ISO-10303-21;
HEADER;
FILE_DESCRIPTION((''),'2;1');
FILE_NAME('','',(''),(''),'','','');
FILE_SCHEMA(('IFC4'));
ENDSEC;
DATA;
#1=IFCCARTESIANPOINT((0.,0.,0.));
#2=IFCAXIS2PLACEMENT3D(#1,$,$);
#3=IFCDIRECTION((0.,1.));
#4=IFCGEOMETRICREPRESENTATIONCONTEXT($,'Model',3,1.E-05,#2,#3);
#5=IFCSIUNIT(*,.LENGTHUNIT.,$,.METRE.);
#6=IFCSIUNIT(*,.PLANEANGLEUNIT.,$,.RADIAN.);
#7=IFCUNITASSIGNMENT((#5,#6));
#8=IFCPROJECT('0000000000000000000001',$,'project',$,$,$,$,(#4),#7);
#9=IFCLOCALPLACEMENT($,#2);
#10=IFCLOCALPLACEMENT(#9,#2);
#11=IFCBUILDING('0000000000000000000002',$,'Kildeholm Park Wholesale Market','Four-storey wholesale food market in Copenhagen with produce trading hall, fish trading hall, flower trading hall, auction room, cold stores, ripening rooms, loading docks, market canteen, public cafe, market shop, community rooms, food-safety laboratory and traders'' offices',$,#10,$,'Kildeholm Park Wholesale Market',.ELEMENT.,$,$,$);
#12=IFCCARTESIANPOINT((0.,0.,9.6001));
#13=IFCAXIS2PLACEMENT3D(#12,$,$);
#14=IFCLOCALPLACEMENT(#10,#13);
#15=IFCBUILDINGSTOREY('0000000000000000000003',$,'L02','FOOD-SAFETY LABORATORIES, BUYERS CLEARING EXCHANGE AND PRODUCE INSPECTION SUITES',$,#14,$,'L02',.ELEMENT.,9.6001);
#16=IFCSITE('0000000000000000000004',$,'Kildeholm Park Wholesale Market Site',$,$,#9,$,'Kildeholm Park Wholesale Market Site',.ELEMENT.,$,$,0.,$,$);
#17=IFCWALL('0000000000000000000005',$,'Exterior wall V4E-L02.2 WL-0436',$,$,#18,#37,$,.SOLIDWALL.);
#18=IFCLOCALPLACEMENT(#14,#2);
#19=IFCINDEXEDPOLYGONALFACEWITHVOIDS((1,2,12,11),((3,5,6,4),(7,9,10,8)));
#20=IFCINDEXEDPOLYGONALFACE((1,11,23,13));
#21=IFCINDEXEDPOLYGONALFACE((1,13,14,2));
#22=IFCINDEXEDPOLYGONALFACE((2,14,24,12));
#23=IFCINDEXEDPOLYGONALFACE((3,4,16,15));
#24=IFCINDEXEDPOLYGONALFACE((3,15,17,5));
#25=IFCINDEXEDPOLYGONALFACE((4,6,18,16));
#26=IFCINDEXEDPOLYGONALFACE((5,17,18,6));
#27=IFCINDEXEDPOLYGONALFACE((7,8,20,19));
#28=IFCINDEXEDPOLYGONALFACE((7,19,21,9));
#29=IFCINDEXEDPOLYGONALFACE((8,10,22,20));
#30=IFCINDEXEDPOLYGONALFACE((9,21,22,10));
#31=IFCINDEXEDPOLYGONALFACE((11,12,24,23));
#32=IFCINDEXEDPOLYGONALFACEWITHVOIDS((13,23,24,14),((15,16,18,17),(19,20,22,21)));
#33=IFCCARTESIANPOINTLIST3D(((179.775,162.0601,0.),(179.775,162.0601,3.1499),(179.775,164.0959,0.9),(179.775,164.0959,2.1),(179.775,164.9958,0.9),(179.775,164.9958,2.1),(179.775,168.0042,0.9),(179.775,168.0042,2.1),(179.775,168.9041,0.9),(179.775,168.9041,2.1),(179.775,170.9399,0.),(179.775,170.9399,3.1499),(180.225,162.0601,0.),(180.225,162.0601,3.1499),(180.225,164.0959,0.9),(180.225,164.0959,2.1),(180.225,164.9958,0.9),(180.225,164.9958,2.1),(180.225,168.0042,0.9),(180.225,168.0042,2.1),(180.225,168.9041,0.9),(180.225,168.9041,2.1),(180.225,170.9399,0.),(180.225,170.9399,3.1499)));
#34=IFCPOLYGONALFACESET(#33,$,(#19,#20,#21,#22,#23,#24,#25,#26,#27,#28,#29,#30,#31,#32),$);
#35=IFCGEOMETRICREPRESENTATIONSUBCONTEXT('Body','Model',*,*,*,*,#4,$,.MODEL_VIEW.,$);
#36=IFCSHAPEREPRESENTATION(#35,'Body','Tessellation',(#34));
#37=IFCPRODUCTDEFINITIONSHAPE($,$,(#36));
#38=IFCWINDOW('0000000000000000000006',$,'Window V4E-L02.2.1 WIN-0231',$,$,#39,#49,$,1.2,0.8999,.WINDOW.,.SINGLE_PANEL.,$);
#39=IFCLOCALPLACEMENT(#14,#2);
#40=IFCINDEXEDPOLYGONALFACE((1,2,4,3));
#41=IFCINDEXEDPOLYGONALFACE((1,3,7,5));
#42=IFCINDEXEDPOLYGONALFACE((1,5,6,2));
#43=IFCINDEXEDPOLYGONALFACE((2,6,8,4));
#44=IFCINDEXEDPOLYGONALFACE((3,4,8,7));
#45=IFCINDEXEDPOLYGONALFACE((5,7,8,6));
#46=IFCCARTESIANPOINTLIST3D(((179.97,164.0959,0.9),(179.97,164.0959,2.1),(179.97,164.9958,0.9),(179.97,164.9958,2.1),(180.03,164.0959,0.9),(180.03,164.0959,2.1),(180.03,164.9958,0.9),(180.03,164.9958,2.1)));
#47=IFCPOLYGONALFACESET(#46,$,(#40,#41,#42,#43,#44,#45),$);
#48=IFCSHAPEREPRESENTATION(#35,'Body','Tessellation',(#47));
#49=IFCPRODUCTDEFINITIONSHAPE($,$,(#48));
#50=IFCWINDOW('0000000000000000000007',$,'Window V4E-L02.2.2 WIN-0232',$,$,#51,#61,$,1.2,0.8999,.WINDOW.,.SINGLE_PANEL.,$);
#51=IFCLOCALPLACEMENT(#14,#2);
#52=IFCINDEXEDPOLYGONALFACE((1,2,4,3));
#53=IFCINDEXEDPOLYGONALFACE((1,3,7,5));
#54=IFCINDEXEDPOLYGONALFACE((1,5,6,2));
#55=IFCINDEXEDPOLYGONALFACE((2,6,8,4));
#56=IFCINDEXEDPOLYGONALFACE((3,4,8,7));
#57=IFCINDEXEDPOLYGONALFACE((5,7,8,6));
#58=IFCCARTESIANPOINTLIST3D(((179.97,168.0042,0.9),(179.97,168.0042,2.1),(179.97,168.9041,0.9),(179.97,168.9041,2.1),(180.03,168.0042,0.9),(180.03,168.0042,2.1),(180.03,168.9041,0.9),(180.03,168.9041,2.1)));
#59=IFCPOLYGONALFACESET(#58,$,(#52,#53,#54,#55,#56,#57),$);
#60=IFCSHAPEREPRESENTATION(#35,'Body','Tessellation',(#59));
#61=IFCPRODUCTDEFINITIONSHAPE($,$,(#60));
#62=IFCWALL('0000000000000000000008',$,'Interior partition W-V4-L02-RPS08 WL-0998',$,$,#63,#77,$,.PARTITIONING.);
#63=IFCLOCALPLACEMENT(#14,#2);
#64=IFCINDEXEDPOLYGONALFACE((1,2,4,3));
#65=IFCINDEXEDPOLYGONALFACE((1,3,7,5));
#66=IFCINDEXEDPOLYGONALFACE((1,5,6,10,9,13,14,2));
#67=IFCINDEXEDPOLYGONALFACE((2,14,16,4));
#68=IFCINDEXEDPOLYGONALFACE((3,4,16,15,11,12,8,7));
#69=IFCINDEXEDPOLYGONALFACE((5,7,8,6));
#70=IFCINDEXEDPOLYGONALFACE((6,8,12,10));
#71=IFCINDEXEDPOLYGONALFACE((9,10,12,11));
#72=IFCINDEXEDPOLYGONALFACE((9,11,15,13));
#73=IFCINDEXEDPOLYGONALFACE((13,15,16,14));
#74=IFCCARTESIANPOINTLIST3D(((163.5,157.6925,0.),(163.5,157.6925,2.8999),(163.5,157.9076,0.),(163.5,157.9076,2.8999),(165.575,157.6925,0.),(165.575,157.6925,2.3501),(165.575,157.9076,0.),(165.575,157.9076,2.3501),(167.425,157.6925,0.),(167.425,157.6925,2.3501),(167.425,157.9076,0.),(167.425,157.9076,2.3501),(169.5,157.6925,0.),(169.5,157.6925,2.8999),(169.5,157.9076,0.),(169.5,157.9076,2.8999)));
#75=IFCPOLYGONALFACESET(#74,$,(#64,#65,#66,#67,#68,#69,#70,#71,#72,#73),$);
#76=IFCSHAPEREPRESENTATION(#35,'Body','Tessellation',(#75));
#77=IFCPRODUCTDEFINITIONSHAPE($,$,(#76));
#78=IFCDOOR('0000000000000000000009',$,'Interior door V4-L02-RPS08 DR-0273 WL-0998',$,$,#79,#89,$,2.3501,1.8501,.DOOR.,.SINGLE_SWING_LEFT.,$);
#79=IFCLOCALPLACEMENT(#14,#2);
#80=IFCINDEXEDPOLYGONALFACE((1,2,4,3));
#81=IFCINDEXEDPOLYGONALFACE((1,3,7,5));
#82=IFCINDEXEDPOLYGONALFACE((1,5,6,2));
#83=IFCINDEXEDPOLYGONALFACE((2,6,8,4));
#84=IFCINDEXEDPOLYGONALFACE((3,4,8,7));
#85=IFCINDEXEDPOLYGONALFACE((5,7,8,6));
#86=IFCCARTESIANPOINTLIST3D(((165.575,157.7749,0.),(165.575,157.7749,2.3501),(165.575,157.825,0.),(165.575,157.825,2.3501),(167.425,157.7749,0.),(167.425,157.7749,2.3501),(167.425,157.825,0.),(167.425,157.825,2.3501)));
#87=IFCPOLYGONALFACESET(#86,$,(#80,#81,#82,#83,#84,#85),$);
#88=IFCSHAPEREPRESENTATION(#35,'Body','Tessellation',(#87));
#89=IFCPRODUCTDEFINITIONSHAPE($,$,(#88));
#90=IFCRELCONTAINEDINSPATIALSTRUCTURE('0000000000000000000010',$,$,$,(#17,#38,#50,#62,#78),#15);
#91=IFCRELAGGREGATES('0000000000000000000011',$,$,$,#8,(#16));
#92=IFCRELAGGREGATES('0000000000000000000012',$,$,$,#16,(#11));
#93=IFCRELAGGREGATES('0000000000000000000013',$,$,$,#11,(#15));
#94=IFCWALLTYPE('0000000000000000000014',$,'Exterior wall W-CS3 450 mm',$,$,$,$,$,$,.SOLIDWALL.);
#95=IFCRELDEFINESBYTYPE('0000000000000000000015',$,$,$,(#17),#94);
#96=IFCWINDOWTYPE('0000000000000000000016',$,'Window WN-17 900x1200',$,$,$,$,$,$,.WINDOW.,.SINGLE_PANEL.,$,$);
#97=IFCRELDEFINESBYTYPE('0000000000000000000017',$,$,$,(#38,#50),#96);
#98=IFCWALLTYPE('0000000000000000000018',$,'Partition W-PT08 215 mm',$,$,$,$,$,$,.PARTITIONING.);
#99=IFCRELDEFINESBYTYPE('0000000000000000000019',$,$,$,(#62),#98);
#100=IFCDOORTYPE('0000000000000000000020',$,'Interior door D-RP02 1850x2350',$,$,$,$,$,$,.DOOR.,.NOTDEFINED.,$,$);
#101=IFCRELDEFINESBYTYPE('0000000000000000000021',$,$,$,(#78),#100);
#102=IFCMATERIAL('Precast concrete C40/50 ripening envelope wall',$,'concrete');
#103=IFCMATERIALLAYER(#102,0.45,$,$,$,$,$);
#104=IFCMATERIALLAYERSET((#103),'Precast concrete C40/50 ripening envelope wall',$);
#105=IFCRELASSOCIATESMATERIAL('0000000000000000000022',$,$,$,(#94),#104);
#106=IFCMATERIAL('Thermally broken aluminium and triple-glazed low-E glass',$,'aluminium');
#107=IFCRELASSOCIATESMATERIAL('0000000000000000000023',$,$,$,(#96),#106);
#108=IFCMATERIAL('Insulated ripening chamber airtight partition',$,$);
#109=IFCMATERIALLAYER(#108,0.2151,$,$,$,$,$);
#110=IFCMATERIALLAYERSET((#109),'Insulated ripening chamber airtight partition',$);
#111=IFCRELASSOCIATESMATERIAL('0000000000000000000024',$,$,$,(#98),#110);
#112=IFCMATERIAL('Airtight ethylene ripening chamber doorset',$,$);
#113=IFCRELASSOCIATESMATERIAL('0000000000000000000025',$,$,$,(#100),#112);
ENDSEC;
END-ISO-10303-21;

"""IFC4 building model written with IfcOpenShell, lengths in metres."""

from ifc_helpers import new_model, si_unit, direction, frame, frame_2d, origin, place, context, subcontext, project, spatial, rectangle, extrude, material, layer, layer_set, type_object, element, fill, save


model = new_model("IFC4")

# Units and contexts
model_context = context("Model", 3, precision=1e-05, world=origin(), true_north=direction((0.0, 1.0)))
body_context = subcontext(model_context, "Body", "Model", "MODEL_VIEW")
ifc_project = project(units=[si_unit("LENGTHUNIT", "METRE"), si_unit("PLANEANGLEUNIT", "RADIAN")], contexts=[model_context])

# Site, building, storey
site_placement = place(None, origin())
site = spatial("IfcSite", under=ifc_project, at=site_placement, Name="Kildeholm Park Wholesale Market Site", LongName="Kildeholm Park Wholesale Market Site", CompositionType="ELEMENT", RefElevation=0.0)
building_placement = place(site_placement, origin())
building = spatial("IfcBuilding", under=site, at=building_placement, Name="Kildeholm Park Wholesale Market", Description="Four-storey wholesale food market in Copenhagen with produce trading hall, fish trading hall, flower trading hall, auction room, cold stores, ripening rooms, loading docks, market canteen, public cafe, market shop, community rooms, food-safety laboratory and traders' offices", LongName="Kildeholm Park Wholesale Market", CompositionType="ELEMENT")
storey_placement = place(building_placement, frame((0.0, 0.0, 9.6001)))
storey = spatial("IfcBuildingStorey", under=building, at=storey_placement, Name="L02", Description="FOOD-SAFETY LABORATORIES, BUYERS CLEARING EXCHANGE AND PRODUCE INSPECTION SUITES", LongName="L02", CompositionType="ELEMENT", Elevation=9.6001)

# Wall, openings, windows
ifc_material_1 = material(Name="Precast concrete C40/50 ripening envelope wall", Category="concrete")
ifc_layer_1 = layer(ifc_material_1, 0.45)
ifc_layer_set_1 = layer_set([ifc_layer_1], Name="Precast concrete C40/50 ripening envelope wall")
wall_type_1 = type_object("IfcWallType", Name="Exterior wall W-CS3 450 mm", PredefinedType="SOLIDWALL", material=ifc_layer_set_1)
ifc_material_2 = material(Name="Thermally broken aluminium and triple-glazed low-E glass", Category="aluminium")
wall_1_placement = place(storey_placement, frame((180.0, 162.0601, 0.0), z_axis=(0.0, 0.0, 1.0), x_axis=(0.0, 1.0, 0.0)))
wall_1 = element("IfcWall", 1, at=wall_1_placement, inside=storey, type_object=wall_type_1, Name="Exterior wall V4E-L02.2 WL-0436", PredefinedType="SOLIDWALL", context=body_context, shape_type="SweptSolid", body=[
    extrude(rectangle(XDim=8.8799, YDim=0.45, at=frame_2d((4.4399, 0.0))), origin(), (0.0, 0.0, 1.0), 3.1499),
])
opening_1_placement = place(wall_1_placement, frame((2.0359, 0.0, 0.8999)))
opening_1 = element("IfcOpeningElement", 2, at=opening_1_placement, cuts=wall_1, PredefinedType="OPENING", context=body_context, shape_type="SweptSolid", body=[
    extrude(rectangle(XDim=0.8999, YDim=1.2, at=frame_2d((0.45, 0.6001))), frame((0.0, 0.2349, 0.0), z_axis=(0.0, -1.0, 0.0), x_axis=(1.0, 0.0, 0.0)), (0.0, 0.0, 1.0), 0.47),
])
opening_2_placement = place(wall_1_placement, frame((5.9441, 0.0, 0.8999)))
opening_2 = element("IfcOpeningElement", 3, at=opening_2_placement, cuts=wall_1, PredefinedType="OPENING", context=body_context, shape_type="SweptSolid", body=[
    extrude(rectangle(XDim=0.8999, YDim=1.2, at=frame_2d((0.45, 0.6001))), frame((0.0, 0.2349, 0.0), z_axis=(0.0, -1.0, 0.0), x_axis=(1.0, 0.0, 0.0)), (0.0, 0.0, 1.0), 0.47),
])
window_type_1 = type_object("IfcWindowType", Name="Window WN-17 900x1200", PartitioningType="SINGLE_PANEL", PredefinedType="WINDOW", material=ifc_material_2)
window_1_placement = place(opening_1_placement, origin())
window_1 = element("IfcWindow", 4, at=window_1_placement, inside=storey, type_object=window_type_1, Name="Window V4E-L02.2.1 WIN-0231", OverallHeight=1.2, OverallWidth=0.8999, PartitioningType="SINGLE_PANEL", PredefinedType="WINDOW", context=body_context, shape_type="SweptSolid", body=[
    extrude(rectangle(XDim=0.8999, YDim=1.2, at=frame_2d((0.45, 0.6001))), frame((0.0, 0.03, 0.0), z_axis=(0.0, -1.0, 0.0), x_axis=(1.0, 0.0, 0.0)), (0.0, 0.0, 1.0), 0.0601),
])
fill(opening_1, window_1)
window_2_placement = place(opening_2_placement, origin())
window_2 = element("IfcWindow", 5, at=window_2_placement, inside=storey, type_object=window_type_1, Name="Window V4E-L02.2.2 WIN-0232", OverallHeight=1.2, OverallWidth=0.8999, PartitioningType="SINGLE_PANEL", PredefinedType="WINDOW", context=body_context, shape_type="SweptSolid", body=[
    extrude(rectangle(XDim=0.8999, YDim=1.2, at=frame_2d((0.45, 0.6001))), frame((0.0, 0.03, 0.0), z_axis=(0.0, -1.0, 0.0), x_axis=(1.0, 0.0, 0.0)), (0.0, 0.0, 1.0), 0.0601),
])
fill(opening_2, window_2)

# Wall, opening, door
ifc_material_3 = material(Name="Insulated ripening chamber airtight partition")
ifc_layer_2 = layer(ifc_material_3, 0.2151)
ifc_layer_set_2 = layer_set([ifc_layer_2], Name="Insulated ripening chamber airtight partition")
wall_type_2 = type_object("IfcWallType", Name="Partition W-PT08 215 mm", PredefinedType="PARTITIONING", material=ifc_layer_set_2)
wall_2_placement = place(storey_placement, frame((163.5, 157.8, 0.0), z_axis=(0.0, 0.0, 1.0), x_axis=(1.0, 0.0, 0.0)))
wall_2 = element("IfcWall", 6, at=wall_2_placement, inside=storey, type_object=wall_type_2, Name="Interior partition W-V4-L02-RPS08 WL-0998", PredefinedType="PARTITIONING", context=body_context, shape_type="SweptSolid", body=[
    extrude(rectangle(XDim=6.0, YDim=0.2151, at=frame_2d((3.0, 0.0))), origin(), (0.0, 0.0, 1.0), 2.8999),
])
opening_3_placement = place(wall_2_placement, frame((2.075, 0.0, 0.0)))
opening_3 = element("IfcOpeningElement", 7, at=opening_3_placement, cuts=wall_2, PredefinedType="OPENING", context=body_context, shape_type="SweptSolid", body=[
    extrude(rectangle(XDim=1.8501, YDim=2.3501, at=frame_2d((0.925, 1.175))), frame((0.0, 0.1174, 0.0), z_axis=(0.0, -1.0, 0.0), x_axis=(1.0, 0.0, 0.0)), (0.0, 0.0, 1.0), 0.2351),
])
ifc_material_4 = material(Name="Airtight ethylene ripening chamber doorset")
door_type = type_object("IfcDoorType", Name="Interior door D-RP02 1850x2350", OperationType="NOTDEFINED", PredefinedType="DOOR", material=ifc_material_4)
door_placement = place(opening_3_placement, origin())
door = element("IfcDoor", 8, at=door_placement, inside=storey, type_object=door_type, Name="Interior door V4-L02-RPS08 DR-0273 WL-0998", OperationType="SINGLE_SWING_LEFT", OverallHeight=2.3501, OverallWidth=1.8501, PredefinedType="DOOR", context=body_context, shape_type="SweptSolid", body=[
    extrude(rectangle(XDim=1.8501, YDim=2.3501, at=frame_2d((0.925, 1.175))), frame((0.0, 0.0249, 0.0), z_axis=(0.0, -1.0, 0.0), x_axis=(1.0, 0.0, 0.0)), (0.0, 0.0, 1.0), 0.05),
])
fill(opening_3, door)

save(model, "model.ifc")
